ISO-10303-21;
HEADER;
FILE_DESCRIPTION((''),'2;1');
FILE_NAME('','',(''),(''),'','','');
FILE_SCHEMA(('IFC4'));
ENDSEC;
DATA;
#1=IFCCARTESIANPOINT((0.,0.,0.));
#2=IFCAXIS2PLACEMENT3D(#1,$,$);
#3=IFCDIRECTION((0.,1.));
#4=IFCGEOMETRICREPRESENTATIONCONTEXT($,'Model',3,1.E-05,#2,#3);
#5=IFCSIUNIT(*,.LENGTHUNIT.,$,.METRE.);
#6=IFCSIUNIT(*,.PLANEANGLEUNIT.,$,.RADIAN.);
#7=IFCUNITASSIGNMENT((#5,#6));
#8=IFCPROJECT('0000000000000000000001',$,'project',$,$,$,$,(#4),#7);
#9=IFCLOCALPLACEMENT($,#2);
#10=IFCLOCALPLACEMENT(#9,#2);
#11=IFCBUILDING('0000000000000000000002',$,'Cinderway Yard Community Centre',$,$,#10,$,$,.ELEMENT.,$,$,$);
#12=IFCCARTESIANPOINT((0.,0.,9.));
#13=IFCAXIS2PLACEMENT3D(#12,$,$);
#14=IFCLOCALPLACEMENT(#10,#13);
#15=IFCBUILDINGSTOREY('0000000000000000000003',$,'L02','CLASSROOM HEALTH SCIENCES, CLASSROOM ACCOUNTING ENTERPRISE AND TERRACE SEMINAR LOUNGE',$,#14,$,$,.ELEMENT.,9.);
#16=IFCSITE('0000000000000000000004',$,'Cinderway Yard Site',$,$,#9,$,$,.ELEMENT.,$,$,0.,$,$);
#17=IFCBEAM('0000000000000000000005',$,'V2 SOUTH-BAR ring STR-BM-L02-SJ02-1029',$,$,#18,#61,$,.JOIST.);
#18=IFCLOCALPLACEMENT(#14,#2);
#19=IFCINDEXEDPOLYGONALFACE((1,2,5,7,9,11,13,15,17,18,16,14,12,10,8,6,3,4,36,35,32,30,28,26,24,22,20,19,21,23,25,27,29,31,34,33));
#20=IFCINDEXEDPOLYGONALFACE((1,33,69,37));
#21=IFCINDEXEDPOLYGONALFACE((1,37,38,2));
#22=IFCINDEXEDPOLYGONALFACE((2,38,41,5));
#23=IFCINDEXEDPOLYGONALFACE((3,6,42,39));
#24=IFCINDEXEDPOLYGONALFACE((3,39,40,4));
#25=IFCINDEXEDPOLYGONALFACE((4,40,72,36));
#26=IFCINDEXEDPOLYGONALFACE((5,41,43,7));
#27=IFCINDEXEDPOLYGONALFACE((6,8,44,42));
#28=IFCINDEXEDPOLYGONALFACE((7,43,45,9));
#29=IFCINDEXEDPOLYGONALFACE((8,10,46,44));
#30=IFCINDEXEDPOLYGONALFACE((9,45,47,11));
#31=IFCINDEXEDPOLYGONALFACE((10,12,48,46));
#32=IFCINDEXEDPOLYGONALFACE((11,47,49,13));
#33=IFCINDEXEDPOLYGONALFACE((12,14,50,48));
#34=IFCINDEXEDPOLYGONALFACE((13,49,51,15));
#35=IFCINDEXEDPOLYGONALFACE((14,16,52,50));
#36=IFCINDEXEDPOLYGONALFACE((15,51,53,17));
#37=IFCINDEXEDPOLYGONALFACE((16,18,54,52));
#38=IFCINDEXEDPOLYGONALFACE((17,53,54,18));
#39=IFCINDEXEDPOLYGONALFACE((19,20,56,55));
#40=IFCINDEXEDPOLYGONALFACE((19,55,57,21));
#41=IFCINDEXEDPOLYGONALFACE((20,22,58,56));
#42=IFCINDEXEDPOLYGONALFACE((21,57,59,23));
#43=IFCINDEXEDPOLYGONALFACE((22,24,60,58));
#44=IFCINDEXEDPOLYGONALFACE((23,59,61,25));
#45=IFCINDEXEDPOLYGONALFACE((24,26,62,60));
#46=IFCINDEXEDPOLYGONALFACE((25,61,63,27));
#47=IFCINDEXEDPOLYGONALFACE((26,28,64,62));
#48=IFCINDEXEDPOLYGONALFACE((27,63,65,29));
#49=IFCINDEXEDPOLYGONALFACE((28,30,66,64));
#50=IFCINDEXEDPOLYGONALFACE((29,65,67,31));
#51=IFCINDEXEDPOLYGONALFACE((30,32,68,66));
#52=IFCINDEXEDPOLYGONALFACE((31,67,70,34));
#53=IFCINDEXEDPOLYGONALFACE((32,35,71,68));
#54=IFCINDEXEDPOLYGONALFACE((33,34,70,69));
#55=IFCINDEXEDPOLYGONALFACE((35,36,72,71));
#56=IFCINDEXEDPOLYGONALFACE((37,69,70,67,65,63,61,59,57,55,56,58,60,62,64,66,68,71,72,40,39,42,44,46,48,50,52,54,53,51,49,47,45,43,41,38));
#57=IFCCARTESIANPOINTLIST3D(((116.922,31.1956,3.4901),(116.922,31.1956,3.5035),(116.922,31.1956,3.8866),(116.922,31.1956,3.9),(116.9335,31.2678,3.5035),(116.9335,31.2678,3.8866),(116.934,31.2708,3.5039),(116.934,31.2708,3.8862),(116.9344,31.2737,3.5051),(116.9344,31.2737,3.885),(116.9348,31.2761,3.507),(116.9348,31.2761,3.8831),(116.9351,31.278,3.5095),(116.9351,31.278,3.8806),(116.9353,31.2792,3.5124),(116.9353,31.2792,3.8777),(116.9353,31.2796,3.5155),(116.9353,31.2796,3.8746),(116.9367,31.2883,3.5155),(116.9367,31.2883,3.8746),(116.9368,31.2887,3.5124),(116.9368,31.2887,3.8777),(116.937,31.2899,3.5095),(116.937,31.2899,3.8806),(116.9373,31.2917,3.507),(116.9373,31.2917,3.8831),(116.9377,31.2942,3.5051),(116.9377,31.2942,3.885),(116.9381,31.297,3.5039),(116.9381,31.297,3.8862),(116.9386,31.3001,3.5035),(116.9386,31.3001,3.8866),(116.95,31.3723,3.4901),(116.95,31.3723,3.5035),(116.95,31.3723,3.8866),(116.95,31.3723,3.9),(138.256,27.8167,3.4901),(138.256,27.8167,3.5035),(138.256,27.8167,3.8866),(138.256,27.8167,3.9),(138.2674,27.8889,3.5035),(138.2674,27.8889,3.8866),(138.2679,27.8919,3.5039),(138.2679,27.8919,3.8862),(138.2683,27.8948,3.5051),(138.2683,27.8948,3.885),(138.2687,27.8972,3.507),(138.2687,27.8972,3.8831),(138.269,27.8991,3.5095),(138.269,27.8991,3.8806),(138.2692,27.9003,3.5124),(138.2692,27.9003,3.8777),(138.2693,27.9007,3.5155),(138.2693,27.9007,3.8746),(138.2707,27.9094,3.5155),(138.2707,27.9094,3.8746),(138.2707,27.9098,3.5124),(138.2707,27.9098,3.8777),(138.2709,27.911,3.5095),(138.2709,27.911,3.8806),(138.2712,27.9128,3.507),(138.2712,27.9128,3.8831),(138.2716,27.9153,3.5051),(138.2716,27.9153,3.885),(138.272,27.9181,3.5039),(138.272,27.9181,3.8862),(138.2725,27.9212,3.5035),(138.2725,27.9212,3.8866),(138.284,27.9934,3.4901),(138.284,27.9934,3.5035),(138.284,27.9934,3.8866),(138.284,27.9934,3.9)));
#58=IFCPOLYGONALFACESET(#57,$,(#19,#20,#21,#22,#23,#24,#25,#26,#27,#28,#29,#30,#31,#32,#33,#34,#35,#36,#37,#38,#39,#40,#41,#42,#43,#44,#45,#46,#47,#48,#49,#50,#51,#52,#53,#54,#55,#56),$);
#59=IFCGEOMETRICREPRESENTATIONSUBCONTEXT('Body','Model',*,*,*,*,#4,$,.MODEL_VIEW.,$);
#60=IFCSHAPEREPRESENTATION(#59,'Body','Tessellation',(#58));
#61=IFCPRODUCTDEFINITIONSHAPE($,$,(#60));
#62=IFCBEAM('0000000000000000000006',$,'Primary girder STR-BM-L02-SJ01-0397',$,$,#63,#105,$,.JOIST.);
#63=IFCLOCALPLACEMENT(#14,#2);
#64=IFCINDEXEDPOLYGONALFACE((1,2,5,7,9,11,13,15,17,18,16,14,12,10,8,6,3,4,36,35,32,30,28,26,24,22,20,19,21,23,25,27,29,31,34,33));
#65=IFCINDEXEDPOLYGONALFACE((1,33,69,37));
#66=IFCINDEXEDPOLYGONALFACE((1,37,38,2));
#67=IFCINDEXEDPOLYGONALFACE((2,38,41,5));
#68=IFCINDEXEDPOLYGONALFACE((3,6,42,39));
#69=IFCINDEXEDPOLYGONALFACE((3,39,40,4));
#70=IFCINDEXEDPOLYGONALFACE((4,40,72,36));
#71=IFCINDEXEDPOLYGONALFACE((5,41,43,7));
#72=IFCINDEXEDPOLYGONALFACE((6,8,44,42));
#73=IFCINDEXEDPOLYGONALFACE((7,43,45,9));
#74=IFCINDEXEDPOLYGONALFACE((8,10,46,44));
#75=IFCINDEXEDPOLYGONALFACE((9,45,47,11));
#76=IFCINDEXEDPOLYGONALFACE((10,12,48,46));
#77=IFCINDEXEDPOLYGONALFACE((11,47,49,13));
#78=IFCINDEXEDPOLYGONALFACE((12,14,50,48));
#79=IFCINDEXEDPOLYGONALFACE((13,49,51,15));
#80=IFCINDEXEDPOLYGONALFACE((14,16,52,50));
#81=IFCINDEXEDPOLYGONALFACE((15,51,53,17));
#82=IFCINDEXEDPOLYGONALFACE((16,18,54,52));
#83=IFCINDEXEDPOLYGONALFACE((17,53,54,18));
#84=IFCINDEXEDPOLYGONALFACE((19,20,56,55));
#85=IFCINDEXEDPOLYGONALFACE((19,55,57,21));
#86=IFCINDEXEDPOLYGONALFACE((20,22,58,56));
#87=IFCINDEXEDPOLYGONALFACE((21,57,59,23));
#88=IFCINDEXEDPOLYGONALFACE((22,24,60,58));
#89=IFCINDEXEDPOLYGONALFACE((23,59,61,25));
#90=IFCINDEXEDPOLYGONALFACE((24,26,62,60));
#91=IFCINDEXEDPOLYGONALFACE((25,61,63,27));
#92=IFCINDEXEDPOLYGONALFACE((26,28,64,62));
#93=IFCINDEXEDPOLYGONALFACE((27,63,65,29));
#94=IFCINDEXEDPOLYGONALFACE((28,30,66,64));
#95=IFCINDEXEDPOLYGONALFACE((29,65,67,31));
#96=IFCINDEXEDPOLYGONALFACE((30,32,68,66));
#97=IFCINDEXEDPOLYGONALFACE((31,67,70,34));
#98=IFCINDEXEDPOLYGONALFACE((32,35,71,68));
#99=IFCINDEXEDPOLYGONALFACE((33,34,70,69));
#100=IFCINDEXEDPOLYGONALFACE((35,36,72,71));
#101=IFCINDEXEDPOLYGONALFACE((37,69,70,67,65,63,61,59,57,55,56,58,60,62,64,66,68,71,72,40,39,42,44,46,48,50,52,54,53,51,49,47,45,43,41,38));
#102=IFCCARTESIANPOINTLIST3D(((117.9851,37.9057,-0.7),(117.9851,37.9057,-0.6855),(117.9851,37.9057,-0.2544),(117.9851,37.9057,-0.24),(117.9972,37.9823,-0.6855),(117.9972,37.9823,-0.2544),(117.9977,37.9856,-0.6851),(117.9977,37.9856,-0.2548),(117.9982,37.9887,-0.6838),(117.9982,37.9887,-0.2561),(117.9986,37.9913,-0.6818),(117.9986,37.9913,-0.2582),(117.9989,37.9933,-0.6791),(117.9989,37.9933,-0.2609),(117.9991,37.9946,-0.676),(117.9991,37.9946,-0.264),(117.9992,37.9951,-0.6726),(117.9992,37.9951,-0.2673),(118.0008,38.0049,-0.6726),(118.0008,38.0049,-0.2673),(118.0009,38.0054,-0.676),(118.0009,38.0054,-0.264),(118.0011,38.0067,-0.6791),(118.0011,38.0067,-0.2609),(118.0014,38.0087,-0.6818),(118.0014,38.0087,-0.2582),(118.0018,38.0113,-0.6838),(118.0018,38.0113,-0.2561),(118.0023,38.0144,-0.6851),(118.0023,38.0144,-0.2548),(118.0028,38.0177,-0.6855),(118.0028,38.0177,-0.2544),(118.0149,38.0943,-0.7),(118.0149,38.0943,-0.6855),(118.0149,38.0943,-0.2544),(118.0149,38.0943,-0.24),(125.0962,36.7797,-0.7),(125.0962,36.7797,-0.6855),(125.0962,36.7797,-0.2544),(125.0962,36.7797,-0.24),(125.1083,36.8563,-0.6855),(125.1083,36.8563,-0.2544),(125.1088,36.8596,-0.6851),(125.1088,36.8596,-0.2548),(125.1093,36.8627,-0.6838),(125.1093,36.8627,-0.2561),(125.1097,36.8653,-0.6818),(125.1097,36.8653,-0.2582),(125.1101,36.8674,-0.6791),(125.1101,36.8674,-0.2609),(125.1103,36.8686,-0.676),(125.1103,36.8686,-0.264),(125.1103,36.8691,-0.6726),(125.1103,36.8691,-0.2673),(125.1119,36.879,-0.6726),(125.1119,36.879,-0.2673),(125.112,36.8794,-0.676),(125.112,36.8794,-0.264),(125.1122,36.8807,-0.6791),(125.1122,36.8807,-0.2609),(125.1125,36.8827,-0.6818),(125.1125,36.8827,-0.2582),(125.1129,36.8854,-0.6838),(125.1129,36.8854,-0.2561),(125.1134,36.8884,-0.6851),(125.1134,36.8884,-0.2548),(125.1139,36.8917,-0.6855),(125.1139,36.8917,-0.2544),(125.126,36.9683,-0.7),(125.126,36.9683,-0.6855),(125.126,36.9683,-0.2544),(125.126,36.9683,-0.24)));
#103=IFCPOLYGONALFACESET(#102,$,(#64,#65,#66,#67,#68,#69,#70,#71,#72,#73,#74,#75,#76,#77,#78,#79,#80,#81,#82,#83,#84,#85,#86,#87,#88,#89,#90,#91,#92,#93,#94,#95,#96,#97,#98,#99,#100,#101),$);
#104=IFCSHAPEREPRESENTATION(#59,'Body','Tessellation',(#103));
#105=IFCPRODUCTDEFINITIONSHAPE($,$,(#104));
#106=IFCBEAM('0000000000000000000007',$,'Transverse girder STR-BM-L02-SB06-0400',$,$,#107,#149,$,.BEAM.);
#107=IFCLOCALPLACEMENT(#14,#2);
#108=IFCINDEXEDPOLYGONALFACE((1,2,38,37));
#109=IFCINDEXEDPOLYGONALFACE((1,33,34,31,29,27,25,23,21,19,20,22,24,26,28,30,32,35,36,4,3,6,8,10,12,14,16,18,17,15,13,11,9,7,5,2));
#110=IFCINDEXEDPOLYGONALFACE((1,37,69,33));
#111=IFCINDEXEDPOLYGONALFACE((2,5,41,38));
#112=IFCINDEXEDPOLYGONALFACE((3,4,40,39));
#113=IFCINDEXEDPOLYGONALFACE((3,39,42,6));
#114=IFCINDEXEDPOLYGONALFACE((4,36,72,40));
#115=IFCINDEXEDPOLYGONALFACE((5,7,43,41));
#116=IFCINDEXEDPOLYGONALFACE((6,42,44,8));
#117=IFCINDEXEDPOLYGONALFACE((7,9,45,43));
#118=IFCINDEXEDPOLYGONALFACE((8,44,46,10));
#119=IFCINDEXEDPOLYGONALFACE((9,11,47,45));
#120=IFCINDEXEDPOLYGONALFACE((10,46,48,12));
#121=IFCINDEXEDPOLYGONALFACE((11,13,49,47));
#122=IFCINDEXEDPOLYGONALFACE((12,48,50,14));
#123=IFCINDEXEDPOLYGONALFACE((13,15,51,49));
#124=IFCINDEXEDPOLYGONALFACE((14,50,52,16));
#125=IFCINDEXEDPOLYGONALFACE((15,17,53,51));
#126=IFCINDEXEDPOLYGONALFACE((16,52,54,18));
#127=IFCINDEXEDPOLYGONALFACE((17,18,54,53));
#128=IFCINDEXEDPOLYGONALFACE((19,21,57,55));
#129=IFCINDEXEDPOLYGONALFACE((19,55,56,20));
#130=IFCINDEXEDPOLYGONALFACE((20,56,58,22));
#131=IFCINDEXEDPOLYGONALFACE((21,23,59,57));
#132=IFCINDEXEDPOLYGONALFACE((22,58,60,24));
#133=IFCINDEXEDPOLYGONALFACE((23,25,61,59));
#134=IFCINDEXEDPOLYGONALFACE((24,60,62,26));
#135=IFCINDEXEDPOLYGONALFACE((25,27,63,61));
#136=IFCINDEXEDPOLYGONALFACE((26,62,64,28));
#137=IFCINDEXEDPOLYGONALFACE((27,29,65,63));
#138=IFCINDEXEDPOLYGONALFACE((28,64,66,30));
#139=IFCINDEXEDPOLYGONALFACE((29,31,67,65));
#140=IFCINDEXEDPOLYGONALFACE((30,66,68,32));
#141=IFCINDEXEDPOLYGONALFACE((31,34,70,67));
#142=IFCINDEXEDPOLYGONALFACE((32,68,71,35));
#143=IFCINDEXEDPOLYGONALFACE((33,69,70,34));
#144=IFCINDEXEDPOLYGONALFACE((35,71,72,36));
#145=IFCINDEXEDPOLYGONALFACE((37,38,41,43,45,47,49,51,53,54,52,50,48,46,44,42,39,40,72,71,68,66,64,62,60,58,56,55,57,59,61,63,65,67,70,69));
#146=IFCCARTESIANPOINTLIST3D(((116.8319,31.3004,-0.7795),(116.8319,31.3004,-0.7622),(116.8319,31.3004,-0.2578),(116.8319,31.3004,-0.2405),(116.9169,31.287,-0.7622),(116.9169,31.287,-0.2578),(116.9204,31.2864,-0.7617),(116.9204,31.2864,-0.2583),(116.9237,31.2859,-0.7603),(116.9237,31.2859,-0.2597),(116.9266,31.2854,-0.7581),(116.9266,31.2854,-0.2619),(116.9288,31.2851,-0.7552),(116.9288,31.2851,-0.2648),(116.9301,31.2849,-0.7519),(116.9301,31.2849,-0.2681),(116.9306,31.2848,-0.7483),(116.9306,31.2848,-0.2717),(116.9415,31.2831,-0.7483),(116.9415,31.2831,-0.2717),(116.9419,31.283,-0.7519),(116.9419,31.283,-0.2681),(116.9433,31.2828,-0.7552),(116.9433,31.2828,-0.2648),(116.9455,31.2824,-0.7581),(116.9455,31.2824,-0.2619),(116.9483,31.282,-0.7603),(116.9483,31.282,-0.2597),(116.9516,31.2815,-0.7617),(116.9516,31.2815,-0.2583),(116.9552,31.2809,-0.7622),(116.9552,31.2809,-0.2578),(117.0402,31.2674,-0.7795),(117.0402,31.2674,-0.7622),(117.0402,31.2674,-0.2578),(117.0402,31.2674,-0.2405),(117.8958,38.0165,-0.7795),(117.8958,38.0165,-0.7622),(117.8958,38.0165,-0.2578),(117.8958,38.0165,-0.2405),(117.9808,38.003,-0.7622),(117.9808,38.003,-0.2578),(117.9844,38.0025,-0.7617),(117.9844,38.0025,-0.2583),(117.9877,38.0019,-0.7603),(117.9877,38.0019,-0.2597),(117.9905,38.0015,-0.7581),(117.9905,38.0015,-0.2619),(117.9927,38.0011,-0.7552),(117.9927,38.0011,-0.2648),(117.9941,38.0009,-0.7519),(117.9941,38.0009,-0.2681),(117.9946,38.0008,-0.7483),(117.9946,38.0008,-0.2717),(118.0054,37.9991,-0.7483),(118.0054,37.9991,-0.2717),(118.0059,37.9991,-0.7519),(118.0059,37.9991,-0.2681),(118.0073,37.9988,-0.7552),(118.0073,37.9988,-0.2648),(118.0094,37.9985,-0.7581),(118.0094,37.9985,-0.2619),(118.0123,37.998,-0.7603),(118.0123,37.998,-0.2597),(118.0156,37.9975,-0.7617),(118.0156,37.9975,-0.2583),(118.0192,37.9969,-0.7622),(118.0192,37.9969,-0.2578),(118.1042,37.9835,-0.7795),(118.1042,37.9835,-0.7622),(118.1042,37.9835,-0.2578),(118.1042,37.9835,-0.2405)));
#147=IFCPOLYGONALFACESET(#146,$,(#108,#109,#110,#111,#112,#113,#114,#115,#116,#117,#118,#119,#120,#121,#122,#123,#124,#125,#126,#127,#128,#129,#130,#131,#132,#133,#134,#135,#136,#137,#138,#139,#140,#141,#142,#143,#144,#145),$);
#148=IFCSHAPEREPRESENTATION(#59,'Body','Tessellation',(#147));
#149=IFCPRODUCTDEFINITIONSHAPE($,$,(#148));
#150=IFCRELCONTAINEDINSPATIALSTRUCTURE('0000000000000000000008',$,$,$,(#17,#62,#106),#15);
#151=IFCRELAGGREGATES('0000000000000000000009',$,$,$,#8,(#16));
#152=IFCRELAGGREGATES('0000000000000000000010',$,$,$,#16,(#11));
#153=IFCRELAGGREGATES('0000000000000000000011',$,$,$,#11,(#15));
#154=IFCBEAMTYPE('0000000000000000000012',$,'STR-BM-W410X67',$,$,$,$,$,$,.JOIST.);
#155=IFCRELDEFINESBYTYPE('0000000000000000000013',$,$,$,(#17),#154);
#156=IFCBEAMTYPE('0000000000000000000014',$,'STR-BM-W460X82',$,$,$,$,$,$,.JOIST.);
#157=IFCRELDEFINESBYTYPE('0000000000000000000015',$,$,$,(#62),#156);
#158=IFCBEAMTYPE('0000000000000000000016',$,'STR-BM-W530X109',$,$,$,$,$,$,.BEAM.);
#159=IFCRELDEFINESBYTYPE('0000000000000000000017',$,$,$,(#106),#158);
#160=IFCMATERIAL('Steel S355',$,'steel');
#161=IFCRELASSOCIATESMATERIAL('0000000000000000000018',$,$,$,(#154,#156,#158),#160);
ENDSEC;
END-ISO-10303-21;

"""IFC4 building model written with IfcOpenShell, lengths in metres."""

from ifc_helpers import new_model, si_unit, direction, frame, origin, origin_2d, place, context, subcontext, project, spatial, i_section, extrude, material, material_profile, profile_set, type_object, element, save


model = new_model("IFC4")

# Units and contexts
model_context = context("Model", 3, precision=1e-05, world=origin(), true_north=direction((0.0, 1.0)))
body_context = subcontext(model_context, "Body", "Model", "MODEL_VIEW")
ifc_project = project(units=[si_unit("LENGTHUNIT", "METRE"), si_unit("PLANEANGLEUNIT", "RADIAN")], contexts=[model_context])

# Site, building, storey
site_placement = place(None, origin())
site = spatial("IfcSite", under=ifc_project, at=site_placement, Name="Cinderway Yard Site", CompositionType="ELEMENT", RefElevation=0.0)
building_placement = place(site_placement, origin())
building = spatial("IfcBuilding", under=site, at=building_placement, Name="Cinderway Yard Community Centre", CompositionType="ELEMENT")
storey_placement = place(building_placement, frame((0.0, 0.0, 9.0)))
storey = spatial("IfcBuildingStorey", under=building, at=storey_placement, Name="L02", Description="CLASSROOM HEALTH SCIENCES, CLASSROOM ACCOUNTING ENTERPRISE AND TERRACE SEMINAR LOUNGE", CompositionType="ELEMENT", Elevation=9.0)

# Shared definitions
ifc_material_1 = material(Name="Steel S355", Category="steel")

# Beams
ifc_material_profile_1 = material_profile(ifc_material_1, i_section(OverallWidth=0.179, OverallDepth=0.4099, WebThickness=0.0088, FlangeThickness=0.0134, FilletRadius=0.012, at=origin_2d()), Name="Steel S355")
ifc_profile_set_1 = profile_set([ifc_material_profile_1], Name="Steel S355")
beam_type_1 = type_object("IfcBeamType", Name="STR-BM-W410X67", PredefinedType="JOIST", material=ifc_profile_set_1)
beam_1_placement = place(storey_placement, frame((116.936, 31.2839, 3.6951), z_axis=(0.987689, -0.156432, 0.0), x_axis=(0.156432, 0.987689, 0.0)))
element("IfcBeam", 1, at=beam_1_placement, inside=storey, type_object=beam_type_1, Name="V2 SOUTH-BAR ring STR-BM-L02-SJ02-1029", PredefinedType="JOIST", context=body_context, shape_type="SweptSolid", body=[
    extrude(i_section(OverallWidth=0.179, OverallDepth=0.4099, WebThickness=0.0088, FlangeThickness=0.0134, FilletRadius=0.012, at=origin_2d()), origin(), (0.0, 0.0, 1.0), 21.5999),
])
ifc_material_profile_2 = material_profile(ifc_material_1, i_section(OverallWidth=0.1909, OverallDepth=0.46, WebThickness=0.01, FlangeThickness=0.0144, FilletRadius=0.0129, at=origin_2d()), Name="Steel S355")
ifc_profile_set_2 = profile_set([ifc_material_profile_2], Name="Steel S355")
beam_type_2 = type_object("IfcBeamType", Name="STR-BM-W460X82", PredefinedType="JOIST", material=ifc_profile_set_2)
beam_2_placement = place(storey_placement, frame((118.0, 38.0, -0.47), z_axis=(0.987695, -0.156393, 0.0), x_axis=(0.156393, 0.987695, 0.0)))
element("IfcBeam", 2, at=beam_2_placement, inside=storey, type_object=beam_type_2, Name="Primary girder STR-BM-L02-SJ01-0397", PredefinedType="JOIST", context=body_context, shape_type="SweptSolid", body=[
    extrude(i_section(OverallWidth=0.1909, OverallDepth=0.46, WebThickness=0.01, FlangeThickness=0.0144, FilletRadius=0.0129, at=origin_2d()), origin(), (0.0, 0.0, 1.0), 7.1997),
])
ifc_material_profile_3 = material_profile(ifc_material_1, i_section(OverallWidth=0.2109, OverallDepth=0.5391, WebThickness=0.011, FlangeThickness=0.0173, FilletRadius=0.0139, at=origin_2d()), Name="Steel S355")
ifc_profile_set_3 = profile_set([ifc_material_profile_3], Name="Steel S355")
beam_type_3 = type_object("IfcBeamType", Name="STR-BM-W530X109", PredefinedType="BEAM", material=ifc_profile_set_3)
beam_3_placement = place(storey_placement, frame((116.936, 31.2839, -0.51), z_axis=(0.15647, 0.987683, 0.0), x_axis=(-0.987683, 0.15647, 0.0)))
element("IfcBeam", 3, at=beam_3_placement, inside=storey, type_object=beam_type_3, Name="Transverse girder STR-BM-L02-SB06-0400", PredefinedType="BEAM", context=body_context, shape_type="SweptSolid", body=[
    extrude(i_section(OverallWidth=0.2109, OverallDepth=0.5391, WebThickness=0.011, FlangeThickness=0.0173, FilletRadius=0.0139, at=origin_2d()), origin(), (0.0, 0.0, 1.0), 6.7998),
])

save(model, "model.ifc")
